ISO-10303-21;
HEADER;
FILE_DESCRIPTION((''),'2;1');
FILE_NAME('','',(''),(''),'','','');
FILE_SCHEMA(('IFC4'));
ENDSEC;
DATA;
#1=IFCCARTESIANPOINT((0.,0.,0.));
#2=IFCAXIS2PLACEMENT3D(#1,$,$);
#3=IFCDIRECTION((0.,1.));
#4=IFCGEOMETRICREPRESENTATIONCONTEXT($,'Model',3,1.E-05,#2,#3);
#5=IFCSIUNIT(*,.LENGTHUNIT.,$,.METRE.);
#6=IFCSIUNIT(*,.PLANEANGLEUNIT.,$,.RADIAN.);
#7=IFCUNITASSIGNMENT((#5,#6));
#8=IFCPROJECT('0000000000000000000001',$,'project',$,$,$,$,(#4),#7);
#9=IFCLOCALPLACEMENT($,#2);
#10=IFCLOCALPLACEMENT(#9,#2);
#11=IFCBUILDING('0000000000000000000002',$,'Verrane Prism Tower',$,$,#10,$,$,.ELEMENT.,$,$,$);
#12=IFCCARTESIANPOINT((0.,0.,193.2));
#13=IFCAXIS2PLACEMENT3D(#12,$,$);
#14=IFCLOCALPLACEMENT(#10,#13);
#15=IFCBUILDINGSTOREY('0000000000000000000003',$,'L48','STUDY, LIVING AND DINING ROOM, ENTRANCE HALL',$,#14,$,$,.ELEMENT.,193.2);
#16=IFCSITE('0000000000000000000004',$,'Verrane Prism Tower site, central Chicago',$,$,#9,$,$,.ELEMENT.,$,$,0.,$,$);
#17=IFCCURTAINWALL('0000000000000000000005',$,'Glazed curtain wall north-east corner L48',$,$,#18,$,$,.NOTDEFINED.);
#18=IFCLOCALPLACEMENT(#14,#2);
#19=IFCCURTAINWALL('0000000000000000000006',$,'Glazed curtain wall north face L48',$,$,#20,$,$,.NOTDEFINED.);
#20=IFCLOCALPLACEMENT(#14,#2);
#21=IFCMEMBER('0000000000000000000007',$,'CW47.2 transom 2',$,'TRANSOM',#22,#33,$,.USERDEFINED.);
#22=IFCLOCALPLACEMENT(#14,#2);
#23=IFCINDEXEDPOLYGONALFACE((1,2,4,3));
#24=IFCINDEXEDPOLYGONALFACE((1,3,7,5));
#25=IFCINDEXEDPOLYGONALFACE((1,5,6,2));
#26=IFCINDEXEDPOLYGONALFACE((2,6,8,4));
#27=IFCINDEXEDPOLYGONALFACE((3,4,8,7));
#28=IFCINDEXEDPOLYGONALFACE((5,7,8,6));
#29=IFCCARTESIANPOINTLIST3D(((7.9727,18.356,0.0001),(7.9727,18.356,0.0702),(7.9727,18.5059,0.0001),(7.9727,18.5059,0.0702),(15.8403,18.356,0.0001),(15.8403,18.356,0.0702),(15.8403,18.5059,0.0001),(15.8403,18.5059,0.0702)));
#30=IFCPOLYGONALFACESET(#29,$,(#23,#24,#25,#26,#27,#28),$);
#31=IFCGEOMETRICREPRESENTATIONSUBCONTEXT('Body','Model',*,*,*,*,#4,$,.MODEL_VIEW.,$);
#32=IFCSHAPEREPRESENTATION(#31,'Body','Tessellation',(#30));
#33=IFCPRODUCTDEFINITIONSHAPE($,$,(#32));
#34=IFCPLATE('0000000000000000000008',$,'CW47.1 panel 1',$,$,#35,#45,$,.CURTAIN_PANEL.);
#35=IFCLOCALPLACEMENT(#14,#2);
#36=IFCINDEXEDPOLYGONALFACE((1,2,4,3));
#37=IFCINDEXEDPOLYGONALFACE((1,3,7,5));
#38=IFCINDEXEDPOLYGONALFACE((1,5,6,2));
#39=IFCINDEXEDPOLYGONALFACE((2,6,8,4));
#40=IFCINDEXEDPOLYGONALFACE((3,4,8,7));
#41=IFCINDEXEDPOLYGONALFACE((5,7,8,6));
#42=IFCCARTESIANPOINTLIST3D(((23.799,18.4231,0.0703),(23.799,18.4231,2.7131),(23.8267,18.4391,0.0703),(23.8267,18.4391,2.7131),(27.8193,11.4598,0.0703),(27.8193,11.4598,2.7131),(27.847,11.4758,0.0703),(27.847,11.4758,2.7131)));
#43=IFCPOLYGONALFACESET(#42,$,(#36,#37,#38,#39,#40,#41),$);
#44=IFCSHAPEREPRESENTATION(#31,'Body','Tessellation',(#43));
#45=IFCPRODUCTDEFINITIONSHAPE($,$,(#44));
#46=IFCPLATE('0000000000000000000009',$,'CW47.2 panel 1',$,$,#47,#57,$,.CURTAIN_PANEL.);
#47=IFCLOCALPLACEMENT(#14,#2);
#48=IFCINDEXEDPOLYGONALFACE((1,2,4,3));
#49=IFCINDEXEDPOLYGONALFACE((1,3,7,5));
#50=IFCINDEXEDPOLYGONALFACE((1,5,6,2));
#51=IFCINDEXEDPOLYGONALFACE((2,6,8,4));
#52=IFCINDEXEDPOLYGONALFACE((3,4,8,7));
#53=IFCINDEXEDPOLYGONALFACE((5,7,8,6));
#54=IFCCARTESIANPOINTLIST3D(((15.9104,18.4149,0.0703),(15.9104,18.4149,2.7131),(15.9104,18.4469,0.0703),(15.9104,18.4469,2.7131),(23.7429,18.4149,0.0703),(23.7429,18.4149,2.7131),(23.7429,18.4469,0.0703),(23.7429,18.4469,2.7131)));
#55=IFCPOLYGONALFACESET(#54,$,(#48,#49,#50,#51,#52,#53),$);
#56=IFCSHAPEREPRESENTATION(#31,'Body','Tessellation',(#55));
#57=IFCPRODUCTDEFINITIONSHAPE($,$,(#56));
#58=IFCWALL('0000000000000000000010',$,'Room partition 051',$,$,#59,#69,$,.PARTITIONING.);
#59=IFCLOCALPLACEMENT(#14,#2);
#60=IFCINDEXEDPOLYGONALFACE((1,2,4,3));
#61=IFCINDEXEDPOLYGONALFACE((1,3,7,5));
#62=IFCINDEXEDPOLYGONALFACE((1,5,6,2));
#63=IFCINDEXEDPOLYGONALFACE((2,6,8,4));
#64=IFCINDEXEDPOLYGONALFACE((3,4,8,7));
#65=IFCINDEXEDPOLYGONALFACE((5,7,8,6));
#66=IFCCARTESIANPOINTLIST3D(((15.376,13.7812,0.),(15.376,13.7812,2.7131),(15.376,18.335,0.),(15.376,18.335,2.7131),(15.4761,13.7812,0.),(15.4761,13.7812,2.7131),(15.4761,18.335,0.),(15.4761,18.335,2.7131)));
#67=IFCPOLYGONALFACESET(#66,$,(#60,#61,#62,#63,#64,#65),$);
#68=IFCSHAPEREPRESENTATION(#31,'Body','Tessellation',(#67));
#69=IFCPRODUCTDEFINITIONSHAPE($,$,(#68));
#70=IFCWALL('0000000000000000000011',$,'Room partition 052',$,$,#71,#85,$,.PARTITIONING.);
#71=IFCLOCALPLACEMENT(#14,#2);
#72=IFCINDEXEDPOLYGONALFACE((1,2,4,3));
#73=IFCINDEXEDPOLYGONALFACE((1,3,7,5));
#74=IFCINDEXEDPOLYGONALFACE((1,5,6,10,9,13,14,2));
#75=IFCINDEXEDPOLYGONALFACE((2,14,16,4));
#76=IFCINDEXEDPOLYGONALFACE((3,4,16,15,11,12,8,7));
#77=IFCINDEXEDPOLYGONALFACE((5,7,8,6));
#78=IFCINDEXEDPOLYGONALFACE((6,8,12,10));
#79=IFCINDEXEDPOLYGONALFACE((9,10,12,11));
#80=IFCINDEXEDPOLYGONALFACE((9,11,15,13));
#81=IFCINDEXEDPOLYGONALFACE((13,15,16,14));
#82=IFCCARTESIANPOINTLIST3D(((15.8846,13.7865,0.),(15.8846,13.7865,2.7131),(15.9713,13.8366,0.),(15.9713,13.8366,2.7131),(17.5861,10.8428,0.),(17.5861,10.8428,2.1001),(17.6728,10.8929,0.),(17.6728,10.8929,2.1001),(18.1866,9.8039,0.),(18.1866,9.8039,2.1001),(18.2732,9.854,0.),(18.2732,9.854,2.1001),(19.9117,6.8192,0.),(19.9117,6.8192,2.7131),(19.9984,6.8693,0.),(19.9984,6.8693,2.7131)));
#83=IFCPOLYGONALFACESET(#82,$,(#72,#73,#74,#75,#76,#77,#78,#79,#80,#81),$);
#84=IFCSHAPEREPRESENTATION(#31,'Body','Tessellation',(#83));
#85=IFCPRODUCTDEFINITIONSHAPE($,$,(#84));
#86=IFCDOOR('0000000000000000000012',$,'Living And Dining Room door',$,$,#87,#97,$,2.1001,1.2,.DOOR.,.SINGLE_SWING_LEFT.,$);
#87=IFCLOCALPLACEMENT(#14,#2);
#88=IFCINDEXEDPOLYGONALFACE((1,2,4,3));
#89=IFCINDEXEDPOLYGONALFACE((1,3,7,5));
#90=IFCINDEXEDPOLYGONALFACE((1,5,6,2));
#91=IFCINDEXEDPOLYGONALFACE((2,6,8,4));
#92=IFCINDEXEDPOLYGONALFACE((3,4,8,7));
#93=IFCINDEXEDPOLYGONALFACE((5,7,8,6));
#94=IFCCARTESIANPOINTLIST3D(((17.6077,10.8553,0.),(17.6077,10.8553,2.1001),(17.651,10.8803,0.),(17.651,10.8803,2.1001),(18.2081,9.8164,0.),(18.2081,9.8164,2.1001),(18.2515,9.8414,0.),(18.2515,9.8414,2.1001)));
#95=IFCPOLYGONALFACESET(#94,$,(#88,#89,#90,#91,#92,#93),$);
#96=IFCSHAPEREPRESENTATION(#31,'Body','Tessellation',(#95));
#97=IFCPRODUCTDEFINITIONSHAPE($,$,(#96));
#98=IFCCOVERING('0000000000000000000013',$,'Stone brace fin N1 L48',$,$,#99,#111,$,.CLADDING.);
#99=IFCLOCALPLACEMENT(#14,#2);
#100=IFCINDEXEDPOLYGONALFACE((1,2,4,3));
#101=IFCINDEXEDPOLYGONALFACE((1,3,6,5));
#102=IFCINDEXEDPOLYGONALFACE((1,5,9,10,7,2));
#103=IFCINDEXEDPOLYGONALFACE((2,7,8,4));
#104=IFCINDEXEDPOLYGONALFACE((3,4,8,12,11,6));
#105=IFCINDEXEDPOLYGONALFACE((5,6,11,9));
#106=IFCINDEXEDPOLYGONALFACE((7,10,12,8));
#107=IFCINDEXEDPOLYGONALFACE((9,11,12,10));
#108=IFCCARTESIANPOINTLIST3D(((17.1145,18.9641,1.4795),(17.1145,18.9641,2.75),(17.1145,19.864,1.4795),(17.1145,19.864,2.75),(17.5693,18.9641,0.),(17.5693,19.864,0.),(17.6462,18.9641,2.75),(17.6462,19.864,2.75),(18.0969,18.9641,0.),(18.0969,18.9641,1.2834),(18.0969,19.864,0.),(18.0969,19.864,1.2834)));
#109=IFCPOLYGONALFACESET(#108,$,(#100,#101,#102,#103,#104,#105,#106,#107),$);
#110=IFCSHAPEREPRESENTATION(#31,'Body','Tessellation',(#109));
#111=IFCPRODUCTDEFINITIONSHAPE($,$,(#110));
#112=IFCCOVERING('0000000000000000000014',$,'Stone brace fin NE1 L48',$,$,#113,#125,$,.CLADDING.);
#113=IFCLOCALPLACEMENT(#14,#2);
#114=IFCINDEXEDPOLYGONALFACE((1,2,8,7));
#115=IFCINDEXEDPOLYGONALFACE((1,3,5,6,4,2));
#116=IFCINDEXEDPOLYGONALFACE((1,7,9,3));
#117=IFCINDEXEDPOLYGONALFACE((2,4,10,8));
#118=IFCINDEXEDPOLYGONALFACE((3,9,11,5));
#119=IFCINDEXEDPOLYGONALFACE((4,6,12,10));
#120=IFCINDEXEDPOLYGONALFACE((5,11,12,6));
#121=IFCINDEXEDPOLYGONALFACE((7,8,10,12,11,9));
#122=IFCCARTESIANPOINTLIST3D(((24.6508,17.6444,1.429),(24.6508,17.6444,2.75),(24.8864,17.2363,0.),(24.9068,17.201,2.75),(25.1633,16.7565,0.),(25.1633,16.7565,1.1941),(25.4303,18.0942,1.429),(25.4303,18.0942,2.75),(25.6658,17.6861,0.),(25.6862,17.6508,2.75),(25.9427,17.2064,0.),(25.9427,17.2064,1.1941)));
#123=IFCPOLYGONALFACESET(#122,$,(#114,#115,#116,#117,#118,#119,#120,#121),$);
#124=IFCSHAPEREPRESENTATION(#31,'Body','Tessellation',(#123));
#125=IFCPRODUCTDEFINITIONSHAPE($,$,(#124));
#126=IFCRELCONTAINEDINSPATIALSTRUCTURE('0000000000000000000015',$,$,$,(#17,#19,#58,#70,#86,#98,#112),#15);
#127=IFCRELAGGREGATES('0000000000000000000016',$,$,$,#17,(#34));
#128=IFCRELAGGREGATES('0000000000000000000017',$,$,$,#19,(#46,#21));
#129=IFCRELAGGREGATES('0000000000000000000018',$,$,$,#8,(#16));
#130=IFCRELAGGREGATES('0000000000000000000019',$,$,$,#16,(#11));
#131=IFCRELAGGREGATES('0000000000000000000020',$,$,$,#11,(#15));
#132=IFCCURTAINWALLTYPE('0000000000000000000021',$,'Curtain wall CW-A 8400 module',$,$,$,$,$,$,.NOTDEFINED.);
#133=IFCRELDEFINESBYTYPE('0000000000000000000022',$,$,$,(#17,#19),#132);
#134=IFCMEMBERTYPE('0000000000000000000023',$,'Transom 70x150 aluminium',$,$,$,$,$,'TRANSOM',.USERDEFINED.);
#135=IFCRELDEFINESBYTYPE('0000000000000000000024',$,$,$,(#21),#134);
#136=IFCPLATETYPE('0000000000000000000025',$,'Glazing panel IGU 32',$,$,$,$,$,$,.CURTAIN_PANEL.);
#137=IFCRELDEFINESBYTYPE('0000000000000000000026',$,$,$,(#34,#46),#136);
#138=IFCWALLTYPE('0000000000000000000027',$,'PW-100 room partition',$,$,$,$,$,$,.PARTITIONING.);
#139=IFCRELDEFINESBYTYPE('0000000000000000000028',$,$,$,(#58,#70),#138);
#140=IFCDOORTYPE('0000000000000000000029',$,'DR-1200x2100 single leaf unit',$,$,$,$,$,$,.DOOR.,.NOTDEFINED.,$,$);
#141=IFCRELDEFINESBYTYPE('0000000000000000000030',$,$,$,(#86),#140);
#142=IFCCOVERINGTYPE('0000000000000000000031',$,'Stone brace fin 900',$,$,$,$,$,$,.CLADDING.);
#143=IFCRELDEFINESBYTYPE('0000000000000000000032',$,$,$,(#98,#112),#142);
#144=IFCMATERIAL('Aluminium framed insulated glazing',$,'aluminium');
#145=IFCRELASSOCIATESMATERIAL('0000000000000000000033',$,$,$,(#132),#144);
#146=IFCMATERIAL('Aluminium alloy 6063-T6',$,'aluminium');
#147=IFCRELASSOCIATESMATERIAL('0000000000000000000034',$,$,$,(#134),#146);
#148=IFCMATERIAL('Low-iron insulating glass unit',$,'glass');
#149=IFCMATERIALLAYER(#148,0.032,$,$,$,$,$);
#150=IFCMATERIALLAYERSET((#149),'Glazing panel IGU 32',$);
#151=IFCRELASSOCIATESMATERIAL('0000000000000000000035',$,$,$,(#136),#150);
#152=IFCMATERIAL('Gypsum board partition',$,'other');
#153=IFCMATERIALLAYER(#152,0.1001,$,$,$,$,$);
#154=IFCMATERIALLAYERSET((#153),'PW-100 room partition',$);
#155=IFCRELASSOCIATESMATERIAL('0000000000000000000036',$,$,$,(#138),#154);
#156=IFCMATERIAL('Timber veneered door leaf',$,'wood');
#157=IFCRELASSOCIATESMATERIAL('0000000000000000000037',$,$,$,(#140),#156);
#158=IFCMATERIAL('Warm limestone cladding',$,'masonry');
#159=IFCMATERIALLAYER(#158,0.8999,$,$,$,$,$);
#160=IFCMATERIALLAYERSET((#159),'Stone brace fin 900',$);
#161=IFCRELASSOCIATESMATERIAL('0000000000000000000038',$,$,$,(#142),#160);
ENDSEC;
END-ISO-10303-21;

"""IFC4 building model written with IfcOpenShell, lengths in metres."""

from ifc_helpers import new_model, si_unit, direction, frame, frame_2d, origin, origin_2d, place, context, subcontext, project, spatial, polyline, rectangle, outline, extrude, material, layer, layer_set, material_profile, profile_set, type_object, element, fill, aggregate, save


model = new_model("IFC4")

# Units and contexts
model_context = context("Model", 3, precision=1e-05, world=origin(), true_north=direction((0.0, 1.0)))
body_context = subcontext(model_context, "Body", "Model", "MODEL_VIEW")
ifc_project = project(units=[si_unit("LENGTHUNIT", "METRE"), si_unit("PLANEANGLEUNIT", "RADIAN")], contexts=[model_context])

# Site, building, storey
site_placement = place(None, origin())
site = spatial("IfcSite", under=ifc_project, at=site_placement, Name="Verrane Prism Tower site, central Chicago", CompositionType="ELEMENT", RefElevation=0.0)
building_placement = place(site_placement, origin())
building = spatial("IfcBuilding", under=site, at=building_placement, Name="Verrane Prism Tower", CompositionType="ELEMENT")
storey_placement = place(building_placement, frame((0.0, 0.0, 193.2)))
storey = spatial("IfcBuildingStorey", under=building, at=storey_placement, Name="L48", Description="STUDY, LIVING AND DINING ROOM, ENTRANCE HALL", CompositionType="ELEMENT", Elevation=193.2)

# Curtain wall
ifc_material_1 = material(Name="Aluminium framed insulated glazing", Category="aluminium")
curtain_wall_type = type_object("IfcCurtainWallType", Name="Curtain wall CW-A 8400 module", PredefinedType="NOTDEFINED", material=ifc_material_1)
curtain_wall_1_placement = place(storey_placement, origin())
curtain_wall_1 = element("IfcCurtainWall", 1, at=curtain_wall_1_placement, inside=storey, type_object=curtain_wall_type, Name="Glazed curtain wall north-east corner L48", PredefinedType="NOTDEFINED")

# Curtain wall
curtain_wall_2_placement = place(storey_placement, origin())
curtain_wall_2 = element("IfcCurtainWall", 2, at=curtain_wall_2_placement, inside=storey, type_object=curtain_wall_type, Name="Glazed curtain wall north face L48", PredefinedType="NOTDEFINED")

# Member
ifc_material_2 = material(Name="Aluminium alloy 6063-T6", Category="aluminium")
ifc_material_profile_1 = material_profile(ifc_material_2, rectangle(XDim=0.1499, YDim=0.0701, at=origin_2d()), Name="Transom 70x150 aluminium")
ifc_profile_set_1 = profile_set([ifc_material_profile_1], Name="Aluminium alloy 6063-T6")
member_type_1 = type_object("IfcMemberType", Name="Transom 70x150 aluminium", ElementType="TRANSOM", PredefinedType="USERDEFINED", material=ifc_profile_set_1)
member_1_placement = place(storey_placement, frame((15.8403, 18.4309, 0.0352), z_axis=(-1.0, 0.0, 0.0), x_axis=(0.0, -1.0, 0.0)))
member_1 = element("IfcMember", 3, at=member_1_placement, type_object=member_type_1, Name="CW47.2 transom 2", ObjectType="TRANSOM", PredefinedType="USERDEFINED", context=body_context, shape_type="SweptSolid", body=[
    extrude(rectangle(XDim=0.1499, YDim=0.0701, at=origin_2d()), origin(), (0.0, 0.0, 1.0), 7.8677),
])

# Plates
ifc_material_3 = material(Name="Low-iron insulating glass unit", Category="glass")
ifc_layer_1 = layer(ifc_material_3, 0.032)
ifc_layer_set_1 = layer_set([ifc_layer_1], Name="Glazing panel IGU 32")
plate_type = type_object("IfcPlateType", Name="Glazing panel IGU 32", PredefinedType="CURTAIN_PANEL", material=ifc_layer_set_1)
plate_1_placement = place(storey_placement, frame((25.823, 14.9495, 0.0703), z_axis=(0.0, 0.0, 1.0), x_axis=(-0.500005, 0.866023, 0.0)))
plate_1 = element("IfcPlate", 4, at=plate_1_placement, type_object=plate_type, Name="CW47.1 panel 1", PredefinedType="CURTAIN_PANEL", context=body_context, shape_type="SweptSolid", body=[
    extrude(rectangle(XDim=8.0405, YDim=0.032, at=origin_2d()), origin(), (0.0, 0.0, 1.0), 2.6428),
])
aggregate(curtain_wall_1, [plate_1])
plate_2_placement = place(storey_placement, frame((19.8267, 18.4309, 0.0703), z_axis=(0.0, 0.0, 1.0), x_axis=(-1.0, 0.0, 0.0)))
plate_2 = element("IfcPlate", 5, at=plate_2_placement, type_object=plate_type, Name="CW47.2 panel 1", PredefinedType="CURTAIN_PANEL", context=body_context, shape_type="SweptSolid", body=[
    extrude(rectangle(XDim=7.8325, YDim=0.032, at=origin_2d()), origin(), (0.0, 0.0, 1.0), 2.6428),
])
aggregate(curtain_wall_2, [plate_2, member_1])

# Wall
ifc_material_4 = material(Name="Gypsum board partition", Category="other")
ifc_layer_2 = layer(ifc_material_4, 0.1001)
ifc_layer_set_2 = layer_set([ifc_layer_2], Name="PW-100 room partition")
wall_type = type_object("IfcWallType", Name="PW-100 room partition", PredefinedType="PARTITIONING", material=ifc_layer_set_2)
wall_1_placement = place(storey_placement, frame((15.426, 13.7812, 0.0), z_axis=(0.0, 0.0, 1.0), x_axis=(0.0, 1.0, 0.0)))
element("IfcWall", 6, at=wall_1_placement, inside=storey, type_object=wall_type, Name="Room partition 051", PredefinedType="PARTITIONING", context=body_context, shape_type="SweptSolid", body=[
    extrude(rectangle(XDim=4.5537, YDim=0.1001, at=frame_2d((2.2769, 0.0))), origin(), (0.0, 0.0, 1.0), 2.7131),
])

# Wall, opening, door
wall_2_placement = place(storey_placement, frame((15.928, 13.8115, 0.0), z_axis=(0.0, 0.0, 1.0), x_axis=(0.500423, -0.865781, 0.0)))
wall_2 = element("IfcWall", 7, at=wall_2_placement, inside=storey, type_object=wall_type, Name="Room partition 052", PredefinedType="PARTITIONING", context=body_context, shape_type="SweptSolid", body=[
    extrude(rectangle(XDim=8.0474, YDim=0.1001, at=frame_2d((4.0237, 0.0))), origin(), (0.0, 0.0, 1.0), 2.7131),
])
opening_placement = place(wall_2_placement, frame((3.3999, 0.0, 0.0)))
opening = element("IfcOpeningElement", 8, at=opening_placement, cuts=wall_2, PredefinedType="OPENING", context=body_context, shape_type="SweptSolid", body=[
    extrude(rectangle(XDim=1.2, YDim=2.1001, at=frame_2d((0.6001, 1.05))), frame((0.0, 0.0601, 0.0), z_axis=(0.0, -1.0, 0.0), x_axis=(1.0, 0.0, 0.0)), (0.0, 0.0, 1.0), 0.1201),
])
ifc_material_5 = material(Name="Timber veneered door leaf", Category="wood")
door_type = type_object("IfcDoorType", Name="DR-1200x2100 single leaf unit", OperationType="NOTDEFINED", PredefinedType="DOOR", material=ifc_material_5)
door_placement = place(opening_placement, origin())
door = element("IfcDoor", 9, at=door_placement, inside=storey, type_object=door_type, Name="Living And Dining Room door", OperationType="SINGLE_SWING_LEFT", OverallHeight=2.1001, OverallWidth=1.2, PredefinedType="DOOR", context=body_context, shape_type="SweptSolid", body=[
    extrude(rectangle(XDim=1.2, YDim=2.1001, at=frame_2d((0.6001, 1.05))), frame((0.0, 0.0249, 0.0), z_axis=(0.0, -1.0, 0.0), x_axis=(1.0, 0.0, 0.0)), (0.0, 0.0, 1.0), 0.05),
])
fill(opening, door)

# Coverings
ifc_material_6 = material(Name="Warm limestone cladding", Category="masonry")
ifc_layer_3 = layer(ifc_material_6, 0.8999)
ifc_layer_set_3 = layer_set([ifc_layer_3], Name="Stone brace fin 900")
covering_type = type_object("IfcCoveringType", Name="Stone brace fin 900", PredefinedType="CLADDING", material=ifc_layer_set_3)
covering_1_placement = place(storey_placement, frame((18.0969, 19.4141, 0.0), z_axis=(0.0, 0.0, 1.0), x_axis=(-1.0, 0.0, 0.0)))
element("IfcCovering", 10, at=covering_1_placement, inside=storey, type_object=covering_type, Name="Stone brace fin N1 L48", PredefinedType="CLADDING", context=body_context, shape_type="SweptSolid", body=[
    extrude(outline(polyline([(0.9824, 2.75), (0.4507, 2.75), (0.0, 1.2834), (0.0, 0.0), (0.5276, 0.0), (0.9824, 1.4795), (0.9824, 2.75)])), frame((0.0, 0.45, 0.0), z_axis=(0.0, -1.0, 0.0), x_axis=(1.0, 0.0, 0.0)), (0.0, 0.0, 1.0), 0.8999),
])
covering_2_placement = place(storey_placement, frame((25.553, 16.9814, 0.0), z_axis=(0.0, 0.0, 1.0), x_axis=(-0.499853, 0.86611, 0.0)))
element("IfcCovering", 11, at=covering_2_placement, inside=storey, type_object=covering_type, Name="Stone brace fin NE1 L48", PredefinedType="CLADDING", context=body_context, shape_type="SweptSolid", body=[
    extrude(outline(polyline([(1.0251, 2.75), (0.5132, 2.75), (0.0, 1.1941), (0.0, 0.0), (0.554, 0.0), (1.0251, 1.429), (1.0251, 2.75)])), frame((0.0, 0.45, 0.0), z_axis=(0.0, -1.0, 0.0), x_axis=(1.0, 0.0, 0.0)), (0.0, 0.0, 1.0), 0.8999),
])

save(model, "model.ifc")
